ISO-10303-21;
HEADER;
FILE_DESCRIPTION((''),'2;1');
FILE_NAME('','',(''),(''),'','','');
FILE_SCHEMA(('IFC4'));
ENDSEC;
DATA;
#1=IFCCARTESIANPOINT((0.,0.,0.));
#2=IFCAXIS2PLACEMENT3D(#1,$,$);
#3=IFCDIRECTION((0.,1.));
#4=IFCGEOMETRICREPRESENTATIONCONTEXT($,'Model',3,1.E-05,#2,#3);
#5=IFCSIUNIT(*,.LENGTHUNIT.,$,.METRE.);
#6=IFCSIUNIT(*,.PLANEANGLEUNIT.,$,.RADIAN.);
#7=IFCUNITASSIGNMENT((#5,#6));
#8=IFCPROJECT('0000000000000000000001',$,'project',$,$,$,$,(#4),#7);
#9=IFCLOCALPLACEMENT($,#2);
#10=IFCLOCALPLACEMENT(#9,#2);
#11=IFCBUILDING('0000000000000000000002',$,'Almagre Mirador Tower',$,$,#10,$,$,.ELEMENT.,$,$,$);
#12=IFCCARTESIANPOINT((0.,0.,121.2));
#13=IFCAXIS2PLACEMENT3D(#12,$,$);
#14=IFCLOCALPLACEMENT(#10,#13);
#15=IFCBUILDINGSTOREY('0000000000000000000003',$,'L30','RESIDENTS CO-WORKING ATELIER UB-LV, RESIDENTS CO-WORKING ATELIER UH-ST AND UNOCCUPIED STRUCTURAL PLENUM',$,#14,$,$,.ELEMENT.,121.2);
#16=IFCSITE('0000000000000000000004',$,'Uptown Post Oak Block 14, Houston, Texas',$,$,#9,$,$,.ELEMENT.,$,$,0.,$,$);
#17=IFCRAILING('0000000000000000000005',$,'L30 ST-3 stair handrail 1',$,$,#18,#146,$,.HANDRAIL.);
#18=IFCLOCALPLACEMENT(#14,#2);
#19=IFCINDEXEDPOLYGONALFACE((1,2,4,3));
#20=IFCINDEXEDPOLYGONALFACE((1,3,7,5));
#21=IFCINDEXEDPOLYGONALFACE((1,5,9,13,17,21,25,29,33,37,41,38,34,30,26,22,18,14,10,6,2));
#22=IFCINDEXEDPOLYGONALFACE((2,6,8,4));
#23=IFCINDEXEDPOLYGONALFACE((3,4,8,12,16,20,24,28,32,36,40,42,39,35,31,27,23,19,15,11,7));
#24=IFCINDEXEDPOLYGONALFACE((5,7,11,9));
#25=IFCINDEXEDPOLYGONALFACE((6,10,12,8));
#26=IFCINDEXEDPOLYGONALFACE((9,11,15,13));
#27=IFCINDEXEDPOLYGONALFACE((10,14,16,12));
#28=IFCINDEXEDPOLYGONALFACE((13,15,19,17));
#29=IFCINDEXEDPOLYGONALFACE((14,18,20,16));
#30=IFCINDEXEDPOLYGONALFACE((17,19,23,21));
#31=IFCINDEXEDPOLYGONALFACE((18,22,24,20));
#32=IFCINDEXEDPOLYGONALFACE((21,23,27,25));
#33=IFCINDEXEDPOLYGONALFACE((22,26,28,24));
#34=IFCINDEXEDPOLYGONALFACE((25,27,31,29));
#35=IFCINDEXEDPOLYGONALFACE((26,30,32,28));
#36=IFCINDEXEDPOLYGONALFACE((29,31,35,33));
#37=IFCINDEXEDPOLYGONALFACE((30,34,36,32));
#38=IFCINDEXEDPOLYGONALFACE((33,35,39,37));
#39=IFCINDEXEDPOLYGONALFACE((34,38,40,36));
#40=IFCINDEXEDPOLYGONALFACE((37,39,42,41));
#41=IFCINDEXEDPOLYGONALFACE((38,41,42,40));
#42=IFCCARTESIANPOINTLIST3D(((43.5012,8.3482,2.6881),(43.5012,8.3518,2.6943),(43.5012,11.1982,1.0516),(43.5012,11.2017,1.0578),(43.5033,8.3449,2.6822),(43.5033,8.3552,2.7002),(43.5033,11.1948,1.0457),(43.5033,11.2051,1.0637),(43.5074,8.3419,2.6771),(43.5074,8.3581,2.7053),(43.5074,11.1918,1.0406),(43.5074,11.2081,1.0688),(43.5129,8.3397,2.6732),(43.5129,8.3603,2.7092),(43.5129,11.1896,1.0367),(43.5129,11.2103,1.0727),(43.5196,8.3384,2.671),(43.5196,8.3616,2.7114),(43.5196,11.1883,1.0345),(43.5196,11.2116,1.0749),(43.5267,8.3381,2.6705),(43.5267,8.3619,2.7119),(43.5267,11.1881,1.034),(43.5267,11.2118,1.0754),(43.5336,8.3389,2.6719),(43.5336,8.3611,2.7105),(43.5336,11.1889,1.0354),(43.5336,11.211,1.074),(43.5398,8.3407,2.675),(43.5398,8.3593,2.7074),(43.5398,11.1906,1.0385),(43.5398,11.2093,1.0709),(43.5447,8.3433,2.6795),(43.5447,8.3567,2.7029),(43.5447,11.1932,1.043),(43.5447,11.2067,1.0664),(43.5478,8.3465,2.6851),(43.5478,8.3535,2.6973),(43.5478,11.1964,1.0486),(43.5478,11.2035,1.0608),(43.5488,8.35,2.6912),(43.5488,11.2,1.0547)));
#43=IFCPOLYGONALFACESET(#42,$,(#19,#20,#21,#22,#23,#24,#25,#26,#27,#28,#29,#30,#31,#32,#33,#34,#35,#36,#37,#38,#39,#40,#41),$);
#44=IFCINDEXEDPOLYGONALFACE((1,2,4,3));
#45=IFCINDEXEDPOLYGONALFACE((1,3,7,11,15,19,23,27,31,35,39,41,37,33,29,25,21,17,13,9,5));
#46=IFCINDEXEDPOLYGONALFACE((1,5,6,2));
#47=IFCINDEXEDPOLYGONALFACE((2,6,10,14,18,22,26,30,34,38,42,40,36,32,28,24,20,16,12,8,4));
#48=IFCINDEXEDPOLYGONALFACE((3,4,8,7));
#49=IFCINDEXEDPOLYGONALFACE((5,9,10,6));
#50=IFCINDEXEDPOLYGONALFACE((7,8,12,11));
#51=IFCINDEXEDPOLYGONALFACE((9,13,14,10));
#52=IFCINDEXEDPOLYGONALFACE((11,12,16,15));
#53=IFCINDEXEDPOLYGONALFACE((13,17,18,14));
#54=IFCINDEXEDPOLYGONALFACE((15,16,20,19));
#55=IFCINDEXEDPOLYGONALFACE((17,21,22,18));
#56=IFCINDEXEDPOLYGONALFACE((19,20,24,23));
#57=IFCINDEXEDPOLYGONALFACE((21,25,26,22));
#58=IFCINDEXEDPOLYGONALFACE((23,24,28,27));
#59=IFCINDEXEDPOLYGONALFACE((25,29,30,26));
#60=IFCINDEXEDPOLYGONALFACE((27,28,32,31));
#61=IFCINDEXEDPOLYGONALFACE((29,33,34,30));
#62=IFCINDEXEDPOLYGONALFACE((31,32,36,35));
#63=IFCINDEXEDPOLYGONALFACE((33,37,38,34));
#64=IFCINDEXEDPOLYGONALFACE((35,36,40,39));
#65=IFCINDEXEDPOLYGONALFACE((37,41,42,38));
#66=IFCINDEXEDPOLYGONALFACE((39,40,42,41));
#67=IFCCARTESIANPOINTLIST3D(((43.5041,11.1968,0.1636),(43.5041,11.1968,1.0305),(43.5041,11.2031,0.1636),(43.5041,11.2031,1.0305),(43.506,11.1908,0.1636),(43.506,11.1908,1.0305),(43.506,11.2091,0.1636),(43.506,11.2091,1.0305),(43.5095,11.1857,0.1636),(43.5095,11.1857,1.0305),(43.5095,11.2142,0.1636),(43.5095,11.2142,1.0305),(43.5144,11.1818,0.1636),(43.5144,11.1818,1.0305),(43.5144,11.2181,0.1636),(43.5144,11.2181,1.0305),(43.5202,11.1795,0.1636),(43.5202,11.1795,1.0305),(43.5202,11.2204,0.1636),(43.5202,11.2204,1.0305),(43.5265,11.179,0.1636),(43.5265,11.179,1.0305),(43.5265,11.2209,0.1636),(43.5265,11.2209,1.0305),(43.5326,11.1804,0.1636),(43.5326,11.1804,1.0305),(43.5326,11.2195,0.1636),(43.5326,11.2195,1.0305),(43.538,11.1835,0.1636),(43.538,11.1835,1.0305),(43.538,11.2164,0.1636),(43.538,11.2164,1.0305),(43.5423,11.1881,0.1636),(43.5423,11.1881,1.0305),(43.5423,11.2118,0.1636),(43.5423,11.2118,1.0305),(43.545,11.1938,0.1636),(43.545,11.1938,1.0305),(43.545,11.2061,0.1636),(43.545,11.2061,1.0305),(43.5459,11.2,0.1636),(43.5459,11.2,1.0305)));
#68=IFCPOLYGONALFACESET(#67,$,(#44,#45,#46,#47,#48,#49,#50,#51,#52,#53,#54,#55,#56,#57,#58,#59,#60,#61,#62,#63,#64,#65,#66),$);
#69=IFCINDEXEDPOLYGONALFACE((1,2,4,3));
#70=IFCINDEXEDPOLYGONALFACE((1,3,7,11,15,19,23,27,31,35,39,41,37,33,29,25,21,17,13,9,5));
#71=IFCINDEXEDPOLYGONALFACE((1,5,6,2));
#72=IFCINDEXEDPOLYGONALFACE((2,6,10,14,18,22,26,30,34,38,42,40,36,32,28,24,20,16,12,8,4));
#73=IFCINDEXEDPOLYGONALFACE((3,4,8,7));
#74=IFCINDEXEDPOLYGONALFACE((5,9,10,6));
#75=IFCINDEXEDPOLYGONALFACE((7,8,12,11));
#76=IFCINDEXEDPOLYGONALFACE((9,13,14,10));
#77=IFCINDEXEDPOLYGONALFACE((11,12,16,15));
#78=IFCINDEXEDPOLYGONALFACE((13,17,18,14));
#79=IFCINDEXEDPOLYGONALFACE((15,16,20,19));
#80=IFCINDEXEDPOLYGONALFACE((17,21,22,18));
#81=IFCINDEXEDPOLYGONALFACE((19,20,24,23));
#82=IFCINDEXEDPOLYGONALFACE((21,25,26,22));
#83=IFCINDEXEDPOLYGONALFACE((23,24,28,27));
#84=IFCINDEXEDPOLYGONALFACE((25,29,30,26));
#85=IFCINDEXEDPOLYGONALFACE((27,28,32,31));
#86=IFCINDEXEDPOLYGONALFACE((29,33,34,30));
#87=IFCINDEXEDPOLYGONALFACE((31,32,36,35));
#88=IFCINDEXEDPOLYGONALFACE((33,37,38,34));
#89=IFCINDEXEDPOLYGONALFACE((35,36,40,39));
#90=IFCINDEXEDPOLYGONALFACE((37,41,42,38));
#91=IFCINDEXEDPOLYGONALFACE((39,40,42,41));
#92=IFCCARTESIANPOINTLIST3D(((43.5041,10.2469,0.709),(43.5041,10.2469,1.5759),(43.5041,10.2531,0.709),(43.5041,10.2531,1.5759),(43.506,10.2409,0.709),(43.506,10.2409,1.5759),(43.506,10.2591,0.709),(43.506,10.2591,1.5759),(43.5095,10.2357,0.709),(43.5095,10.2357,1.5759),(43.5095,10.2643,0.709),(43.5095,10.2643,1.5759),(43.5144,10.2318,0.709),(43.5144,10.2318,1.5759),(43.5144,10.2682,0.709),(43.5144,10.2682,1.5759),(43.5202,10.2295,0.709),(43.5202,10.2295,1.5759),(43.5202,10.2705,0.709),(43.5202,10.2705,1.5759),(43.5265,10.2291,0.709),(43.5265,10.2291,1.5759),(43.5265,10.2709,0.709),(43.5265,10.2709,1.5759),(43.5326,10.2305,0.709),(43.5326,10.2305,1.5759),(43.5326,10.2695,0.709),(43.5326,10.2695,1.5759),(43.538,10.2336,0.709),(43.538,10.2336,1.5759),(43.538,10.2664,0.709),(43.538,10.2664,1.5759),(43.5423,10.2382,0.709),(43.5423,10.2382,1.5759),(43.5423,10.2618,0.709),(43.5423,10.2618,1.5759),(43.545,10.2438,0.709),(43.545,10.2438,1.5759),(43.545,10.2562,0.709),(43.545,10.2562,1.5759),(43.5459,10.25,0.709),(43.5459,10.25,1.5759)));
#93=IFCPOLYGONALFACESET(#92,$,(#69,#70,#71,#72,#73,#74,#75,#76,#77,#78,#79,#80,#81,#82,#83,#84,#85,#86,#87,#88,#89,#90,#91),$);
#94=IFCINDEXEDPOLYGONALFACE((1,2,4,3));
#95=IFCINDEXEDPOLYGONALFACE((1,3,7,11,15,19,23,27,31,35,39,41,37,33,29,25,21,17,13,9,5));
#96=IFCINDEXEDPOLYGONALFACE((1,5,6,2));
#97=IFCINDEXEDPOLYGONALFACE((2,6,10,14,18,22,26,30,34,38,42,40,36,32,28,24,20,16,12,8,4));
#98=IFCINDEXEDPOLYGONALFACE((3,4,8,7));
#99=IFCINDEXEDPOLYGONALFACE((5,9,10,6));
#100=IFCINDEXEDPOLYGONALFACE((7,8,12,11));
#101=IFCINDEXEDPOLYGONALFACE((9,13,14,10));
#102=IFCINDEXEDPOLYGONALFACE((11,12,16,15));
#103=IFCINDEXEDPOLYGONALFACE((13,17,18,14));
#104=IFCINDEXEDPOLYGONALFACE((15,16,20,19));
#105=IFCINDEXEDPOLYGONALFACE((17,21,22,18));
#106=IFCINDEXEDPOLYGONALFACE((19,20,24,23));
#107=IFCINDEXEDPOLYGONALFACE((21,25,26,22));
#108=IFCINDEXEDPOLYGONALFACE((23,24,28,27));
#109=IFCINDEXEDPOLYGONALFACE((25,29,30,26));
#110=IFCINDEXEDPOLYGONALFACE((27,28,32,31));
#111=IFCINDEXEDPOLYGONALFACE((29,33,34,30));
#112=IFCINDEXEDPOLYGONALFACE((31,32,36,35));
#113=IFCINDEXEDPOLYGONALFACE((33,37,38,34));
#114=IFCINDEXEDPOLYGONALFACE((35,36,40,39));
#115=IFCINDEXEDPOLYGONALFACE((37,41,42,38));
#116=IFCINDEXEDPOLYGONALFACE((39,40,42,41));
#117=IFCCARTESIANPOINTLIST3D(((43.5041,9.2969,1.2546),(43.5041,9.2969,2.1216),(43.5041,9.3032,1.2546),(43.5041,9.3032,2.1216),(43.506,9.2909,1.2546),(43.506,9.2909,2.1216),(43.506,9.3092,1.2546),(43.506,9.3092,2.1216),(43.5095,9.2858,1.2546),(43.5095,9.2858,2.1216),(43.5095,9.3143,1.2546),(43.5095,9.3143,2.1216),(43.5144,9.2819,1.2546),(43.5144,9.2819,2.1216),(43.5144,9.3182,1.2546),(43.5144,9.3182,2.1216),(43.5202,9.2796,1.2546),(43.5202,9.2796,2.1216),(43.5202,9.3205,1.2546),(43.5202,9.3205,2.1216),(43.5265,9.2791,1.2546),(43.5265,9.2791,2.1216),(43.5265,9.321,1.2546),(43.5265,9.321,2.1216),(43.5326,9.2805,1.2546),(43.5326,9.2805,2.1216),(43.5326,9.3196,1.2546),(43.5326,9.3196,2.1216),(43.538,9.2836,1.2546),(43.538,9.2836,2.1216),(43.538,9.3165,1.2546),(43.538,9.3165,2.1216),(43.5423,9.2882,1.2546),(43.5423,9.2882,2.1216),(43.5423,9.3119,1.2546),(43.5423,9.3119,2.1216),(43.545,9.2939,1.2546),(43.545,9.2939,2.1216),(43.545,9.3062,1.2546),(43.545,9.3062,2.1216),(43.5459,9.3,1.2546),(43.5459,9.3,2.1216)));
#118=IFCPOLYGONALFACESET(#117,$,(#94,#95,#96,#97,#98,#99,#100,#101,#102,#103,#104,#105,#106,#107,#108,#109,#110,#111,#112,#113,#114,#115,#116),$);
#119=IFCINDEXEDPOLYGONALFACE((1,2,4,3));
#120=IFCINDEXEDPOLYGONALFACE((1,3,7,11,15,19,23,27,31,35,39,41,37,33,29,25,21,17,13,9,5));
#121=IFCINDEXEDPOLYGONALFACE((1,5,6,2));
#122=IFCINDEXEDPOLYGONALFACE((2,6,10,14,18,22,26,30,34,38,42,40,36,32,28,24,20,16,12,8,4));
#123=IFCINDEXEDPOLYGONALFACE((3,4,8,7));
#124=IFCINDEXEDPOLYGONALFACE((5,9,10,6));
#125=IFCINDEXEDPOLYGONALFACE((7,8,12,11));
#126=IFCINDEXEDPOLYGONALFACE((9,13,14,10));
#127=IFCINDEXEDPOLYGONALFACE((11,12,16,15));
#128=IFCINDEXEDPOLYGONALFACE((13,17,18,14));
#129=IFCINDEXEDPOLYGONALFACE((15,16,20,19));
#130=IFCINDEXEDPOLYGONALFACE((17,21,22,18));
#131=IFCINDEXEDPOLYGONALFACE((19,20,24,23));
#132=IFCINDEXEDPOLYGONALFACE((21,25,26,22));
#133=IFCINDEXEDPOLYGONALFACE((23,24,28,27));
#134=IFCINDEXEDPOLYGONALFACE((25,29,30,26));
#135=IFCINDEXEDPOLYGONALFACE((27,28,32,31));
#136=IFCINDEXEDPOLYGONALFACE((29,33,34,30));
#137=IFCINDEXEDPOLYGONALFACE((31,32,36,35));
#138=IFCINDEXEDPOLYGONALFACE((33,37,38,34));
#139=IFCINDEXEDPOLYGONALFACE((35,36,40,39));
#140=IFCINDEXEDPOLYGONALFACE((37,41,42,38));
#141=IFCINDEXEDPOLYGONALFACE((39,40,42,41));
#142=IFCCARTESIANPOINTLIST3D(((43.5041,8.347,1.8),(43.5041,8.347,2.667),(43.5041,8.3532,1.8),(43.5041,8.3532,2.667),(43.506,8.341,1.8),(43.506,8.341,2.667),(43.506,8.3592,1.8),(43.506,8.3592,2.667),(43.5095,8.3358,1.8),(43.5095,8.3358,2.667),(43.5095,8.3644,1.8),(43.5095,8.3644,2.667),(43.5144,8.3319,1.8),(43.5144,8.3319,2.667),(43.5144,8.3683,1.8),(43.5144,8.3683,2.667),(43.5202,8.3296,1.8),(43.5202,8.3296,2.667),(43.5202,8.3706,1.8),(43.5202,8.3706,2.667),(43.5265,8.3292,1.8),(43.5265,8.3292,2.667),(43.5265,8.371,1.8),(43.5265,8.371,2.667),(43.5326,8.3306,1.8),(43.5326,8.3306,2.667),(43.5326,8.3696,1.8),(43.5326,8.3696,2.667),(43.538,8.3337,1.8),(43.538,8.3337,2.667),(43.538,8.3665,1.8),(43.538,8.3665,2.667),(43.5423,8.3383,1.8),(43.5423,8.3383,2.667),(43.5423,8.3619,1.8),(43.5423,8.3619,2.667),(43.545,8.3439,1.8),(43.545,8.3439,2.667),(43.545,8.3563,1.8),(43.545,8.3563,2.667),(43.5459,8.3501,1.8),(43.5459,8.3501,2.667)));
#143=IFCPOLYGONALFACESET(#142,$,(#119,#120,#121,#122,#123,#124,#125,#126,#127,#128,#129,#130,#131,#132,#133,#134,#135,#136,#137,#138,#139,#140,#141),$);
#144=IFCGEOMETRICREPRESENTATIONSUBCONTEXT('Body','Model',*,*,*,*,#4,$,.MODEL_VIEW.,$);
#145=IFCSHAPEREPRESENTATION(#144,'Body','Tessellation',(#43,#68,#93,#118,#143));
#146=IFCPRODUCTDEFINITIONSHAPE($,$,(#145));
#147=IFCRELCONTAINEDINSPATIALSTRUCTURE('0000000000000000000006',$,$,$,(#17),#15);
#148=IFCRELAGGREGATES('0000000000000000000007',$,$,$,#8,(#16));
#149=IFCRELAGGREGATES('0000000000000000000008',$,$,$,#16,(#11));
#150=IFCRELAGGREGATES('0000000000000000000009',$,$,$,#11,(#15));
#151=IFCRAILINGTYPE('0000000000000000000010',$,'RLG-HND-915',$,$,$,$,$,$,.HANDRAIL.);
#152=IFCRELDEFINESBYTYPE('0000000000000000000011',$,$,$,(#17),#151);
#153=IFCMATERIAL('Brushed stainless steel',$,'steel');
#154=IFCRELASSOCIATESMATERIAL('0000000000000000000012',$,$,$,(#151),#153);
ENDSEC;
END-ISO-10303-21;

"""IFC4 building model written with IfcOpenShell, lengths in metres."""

from ifc_helpers import new_model, si_unit, direction, frame, origin, origin_2d, place, context, subcontext, project, spatial, circle, extrude, material, type_object, element, save


model = new_model("IFC4")

# Units and contexts
model_context = context("Model", 3, precision=1e-05, world=origin(), true_north=direction((0.0, 1.0)))
body_context = subcontext(model_context, "Body", "Model", "MODEL_VIEW")
ifc_project = project(units=[si_unit("LENGTHUNIT", "METRE"), si_unit("PLANEANGLEUNIT", "RADIAN")], contexts=[model_context])

# Site, building, storey
site_placement = place(None, origin())
site = spatial("IfcSite", under=ifc_project, at=site_placement, Name="Uptown Post Oak Block 14, Houston, Texas", CompositionType="ELEMENT", RefElevation=0.0)
building_placement = place(site_placement, origin())
building = spatial("IfcBuilding", under=site, at=building_placement, Name="Almagre Mirador Tower", CompositionType="ELEMENT")
storey_placement = place(building_placement, frame((0.0, 0.0, 121.2)))
storey = spatial("IfcBuildingStorey", under=building, at=storey_placement, Name="L30", Description="RESIDENTS CO-WORKING ATELIER UB-LV, RESIDENTS CO-WORKING ATELIER UH-ST AND UNOCCUPIED STRUCTURAL PLENUM", CompositionType="ELEMENT", Elevation=121.2)

# Railing
ifc_material_1 = material(Name="Brushed stainless steel", Category="steel")
railing_type_1 = type_object("IfcRailingType", Name="RLG-HND-915", PredefinedType="HANDRAIL", material=ifc_material_1)
railing_1_placement = place(storey_placement, frame((43.5249, 11.2, 0.1636)))
element("IfcRailing", 1, at=railing_1_placement, inside=storey, type_object=railing_type_1, Name="L30 ST-3 stair handrail 1", PredefinedType="HANDRAIL", context=body_context, shape_type="SweptSolid", body=[
    extrude(circle(Radius=0.0239, at=origin_2d()), frame((0.0, 0.0, 0.8911), z_axis=(0.0, -0.867194, 0.49797), x_axis=(1.0, 0.0, 0.0)), (0.0, 0.0, 1.0), 3.2864),
    extrude(circle(Radius=0.021, at=origin_2d()), origin(), (0.0, 0.0, 1.0), 0.8669),
    extrude(circle(Radius=0.021, at=origin_2d()), frame((0.0, -0.95, 0.5454)), (0.0, 0.0, 1.0), 0.8669),
    extrude(circle(Radius=0.021, at=origin_2d()), frame((0.0, -1.8999, 1.0911)), (0.0, 0.0, 1.0), 0.8669),
    extrude(circle(Radius=0.021, at=origin_2d()), frame((0.0, -2.8499, 1.6365)), (0.0, 0.0, 1.0), 0.8669),
])

save(model, "model.ifc")
